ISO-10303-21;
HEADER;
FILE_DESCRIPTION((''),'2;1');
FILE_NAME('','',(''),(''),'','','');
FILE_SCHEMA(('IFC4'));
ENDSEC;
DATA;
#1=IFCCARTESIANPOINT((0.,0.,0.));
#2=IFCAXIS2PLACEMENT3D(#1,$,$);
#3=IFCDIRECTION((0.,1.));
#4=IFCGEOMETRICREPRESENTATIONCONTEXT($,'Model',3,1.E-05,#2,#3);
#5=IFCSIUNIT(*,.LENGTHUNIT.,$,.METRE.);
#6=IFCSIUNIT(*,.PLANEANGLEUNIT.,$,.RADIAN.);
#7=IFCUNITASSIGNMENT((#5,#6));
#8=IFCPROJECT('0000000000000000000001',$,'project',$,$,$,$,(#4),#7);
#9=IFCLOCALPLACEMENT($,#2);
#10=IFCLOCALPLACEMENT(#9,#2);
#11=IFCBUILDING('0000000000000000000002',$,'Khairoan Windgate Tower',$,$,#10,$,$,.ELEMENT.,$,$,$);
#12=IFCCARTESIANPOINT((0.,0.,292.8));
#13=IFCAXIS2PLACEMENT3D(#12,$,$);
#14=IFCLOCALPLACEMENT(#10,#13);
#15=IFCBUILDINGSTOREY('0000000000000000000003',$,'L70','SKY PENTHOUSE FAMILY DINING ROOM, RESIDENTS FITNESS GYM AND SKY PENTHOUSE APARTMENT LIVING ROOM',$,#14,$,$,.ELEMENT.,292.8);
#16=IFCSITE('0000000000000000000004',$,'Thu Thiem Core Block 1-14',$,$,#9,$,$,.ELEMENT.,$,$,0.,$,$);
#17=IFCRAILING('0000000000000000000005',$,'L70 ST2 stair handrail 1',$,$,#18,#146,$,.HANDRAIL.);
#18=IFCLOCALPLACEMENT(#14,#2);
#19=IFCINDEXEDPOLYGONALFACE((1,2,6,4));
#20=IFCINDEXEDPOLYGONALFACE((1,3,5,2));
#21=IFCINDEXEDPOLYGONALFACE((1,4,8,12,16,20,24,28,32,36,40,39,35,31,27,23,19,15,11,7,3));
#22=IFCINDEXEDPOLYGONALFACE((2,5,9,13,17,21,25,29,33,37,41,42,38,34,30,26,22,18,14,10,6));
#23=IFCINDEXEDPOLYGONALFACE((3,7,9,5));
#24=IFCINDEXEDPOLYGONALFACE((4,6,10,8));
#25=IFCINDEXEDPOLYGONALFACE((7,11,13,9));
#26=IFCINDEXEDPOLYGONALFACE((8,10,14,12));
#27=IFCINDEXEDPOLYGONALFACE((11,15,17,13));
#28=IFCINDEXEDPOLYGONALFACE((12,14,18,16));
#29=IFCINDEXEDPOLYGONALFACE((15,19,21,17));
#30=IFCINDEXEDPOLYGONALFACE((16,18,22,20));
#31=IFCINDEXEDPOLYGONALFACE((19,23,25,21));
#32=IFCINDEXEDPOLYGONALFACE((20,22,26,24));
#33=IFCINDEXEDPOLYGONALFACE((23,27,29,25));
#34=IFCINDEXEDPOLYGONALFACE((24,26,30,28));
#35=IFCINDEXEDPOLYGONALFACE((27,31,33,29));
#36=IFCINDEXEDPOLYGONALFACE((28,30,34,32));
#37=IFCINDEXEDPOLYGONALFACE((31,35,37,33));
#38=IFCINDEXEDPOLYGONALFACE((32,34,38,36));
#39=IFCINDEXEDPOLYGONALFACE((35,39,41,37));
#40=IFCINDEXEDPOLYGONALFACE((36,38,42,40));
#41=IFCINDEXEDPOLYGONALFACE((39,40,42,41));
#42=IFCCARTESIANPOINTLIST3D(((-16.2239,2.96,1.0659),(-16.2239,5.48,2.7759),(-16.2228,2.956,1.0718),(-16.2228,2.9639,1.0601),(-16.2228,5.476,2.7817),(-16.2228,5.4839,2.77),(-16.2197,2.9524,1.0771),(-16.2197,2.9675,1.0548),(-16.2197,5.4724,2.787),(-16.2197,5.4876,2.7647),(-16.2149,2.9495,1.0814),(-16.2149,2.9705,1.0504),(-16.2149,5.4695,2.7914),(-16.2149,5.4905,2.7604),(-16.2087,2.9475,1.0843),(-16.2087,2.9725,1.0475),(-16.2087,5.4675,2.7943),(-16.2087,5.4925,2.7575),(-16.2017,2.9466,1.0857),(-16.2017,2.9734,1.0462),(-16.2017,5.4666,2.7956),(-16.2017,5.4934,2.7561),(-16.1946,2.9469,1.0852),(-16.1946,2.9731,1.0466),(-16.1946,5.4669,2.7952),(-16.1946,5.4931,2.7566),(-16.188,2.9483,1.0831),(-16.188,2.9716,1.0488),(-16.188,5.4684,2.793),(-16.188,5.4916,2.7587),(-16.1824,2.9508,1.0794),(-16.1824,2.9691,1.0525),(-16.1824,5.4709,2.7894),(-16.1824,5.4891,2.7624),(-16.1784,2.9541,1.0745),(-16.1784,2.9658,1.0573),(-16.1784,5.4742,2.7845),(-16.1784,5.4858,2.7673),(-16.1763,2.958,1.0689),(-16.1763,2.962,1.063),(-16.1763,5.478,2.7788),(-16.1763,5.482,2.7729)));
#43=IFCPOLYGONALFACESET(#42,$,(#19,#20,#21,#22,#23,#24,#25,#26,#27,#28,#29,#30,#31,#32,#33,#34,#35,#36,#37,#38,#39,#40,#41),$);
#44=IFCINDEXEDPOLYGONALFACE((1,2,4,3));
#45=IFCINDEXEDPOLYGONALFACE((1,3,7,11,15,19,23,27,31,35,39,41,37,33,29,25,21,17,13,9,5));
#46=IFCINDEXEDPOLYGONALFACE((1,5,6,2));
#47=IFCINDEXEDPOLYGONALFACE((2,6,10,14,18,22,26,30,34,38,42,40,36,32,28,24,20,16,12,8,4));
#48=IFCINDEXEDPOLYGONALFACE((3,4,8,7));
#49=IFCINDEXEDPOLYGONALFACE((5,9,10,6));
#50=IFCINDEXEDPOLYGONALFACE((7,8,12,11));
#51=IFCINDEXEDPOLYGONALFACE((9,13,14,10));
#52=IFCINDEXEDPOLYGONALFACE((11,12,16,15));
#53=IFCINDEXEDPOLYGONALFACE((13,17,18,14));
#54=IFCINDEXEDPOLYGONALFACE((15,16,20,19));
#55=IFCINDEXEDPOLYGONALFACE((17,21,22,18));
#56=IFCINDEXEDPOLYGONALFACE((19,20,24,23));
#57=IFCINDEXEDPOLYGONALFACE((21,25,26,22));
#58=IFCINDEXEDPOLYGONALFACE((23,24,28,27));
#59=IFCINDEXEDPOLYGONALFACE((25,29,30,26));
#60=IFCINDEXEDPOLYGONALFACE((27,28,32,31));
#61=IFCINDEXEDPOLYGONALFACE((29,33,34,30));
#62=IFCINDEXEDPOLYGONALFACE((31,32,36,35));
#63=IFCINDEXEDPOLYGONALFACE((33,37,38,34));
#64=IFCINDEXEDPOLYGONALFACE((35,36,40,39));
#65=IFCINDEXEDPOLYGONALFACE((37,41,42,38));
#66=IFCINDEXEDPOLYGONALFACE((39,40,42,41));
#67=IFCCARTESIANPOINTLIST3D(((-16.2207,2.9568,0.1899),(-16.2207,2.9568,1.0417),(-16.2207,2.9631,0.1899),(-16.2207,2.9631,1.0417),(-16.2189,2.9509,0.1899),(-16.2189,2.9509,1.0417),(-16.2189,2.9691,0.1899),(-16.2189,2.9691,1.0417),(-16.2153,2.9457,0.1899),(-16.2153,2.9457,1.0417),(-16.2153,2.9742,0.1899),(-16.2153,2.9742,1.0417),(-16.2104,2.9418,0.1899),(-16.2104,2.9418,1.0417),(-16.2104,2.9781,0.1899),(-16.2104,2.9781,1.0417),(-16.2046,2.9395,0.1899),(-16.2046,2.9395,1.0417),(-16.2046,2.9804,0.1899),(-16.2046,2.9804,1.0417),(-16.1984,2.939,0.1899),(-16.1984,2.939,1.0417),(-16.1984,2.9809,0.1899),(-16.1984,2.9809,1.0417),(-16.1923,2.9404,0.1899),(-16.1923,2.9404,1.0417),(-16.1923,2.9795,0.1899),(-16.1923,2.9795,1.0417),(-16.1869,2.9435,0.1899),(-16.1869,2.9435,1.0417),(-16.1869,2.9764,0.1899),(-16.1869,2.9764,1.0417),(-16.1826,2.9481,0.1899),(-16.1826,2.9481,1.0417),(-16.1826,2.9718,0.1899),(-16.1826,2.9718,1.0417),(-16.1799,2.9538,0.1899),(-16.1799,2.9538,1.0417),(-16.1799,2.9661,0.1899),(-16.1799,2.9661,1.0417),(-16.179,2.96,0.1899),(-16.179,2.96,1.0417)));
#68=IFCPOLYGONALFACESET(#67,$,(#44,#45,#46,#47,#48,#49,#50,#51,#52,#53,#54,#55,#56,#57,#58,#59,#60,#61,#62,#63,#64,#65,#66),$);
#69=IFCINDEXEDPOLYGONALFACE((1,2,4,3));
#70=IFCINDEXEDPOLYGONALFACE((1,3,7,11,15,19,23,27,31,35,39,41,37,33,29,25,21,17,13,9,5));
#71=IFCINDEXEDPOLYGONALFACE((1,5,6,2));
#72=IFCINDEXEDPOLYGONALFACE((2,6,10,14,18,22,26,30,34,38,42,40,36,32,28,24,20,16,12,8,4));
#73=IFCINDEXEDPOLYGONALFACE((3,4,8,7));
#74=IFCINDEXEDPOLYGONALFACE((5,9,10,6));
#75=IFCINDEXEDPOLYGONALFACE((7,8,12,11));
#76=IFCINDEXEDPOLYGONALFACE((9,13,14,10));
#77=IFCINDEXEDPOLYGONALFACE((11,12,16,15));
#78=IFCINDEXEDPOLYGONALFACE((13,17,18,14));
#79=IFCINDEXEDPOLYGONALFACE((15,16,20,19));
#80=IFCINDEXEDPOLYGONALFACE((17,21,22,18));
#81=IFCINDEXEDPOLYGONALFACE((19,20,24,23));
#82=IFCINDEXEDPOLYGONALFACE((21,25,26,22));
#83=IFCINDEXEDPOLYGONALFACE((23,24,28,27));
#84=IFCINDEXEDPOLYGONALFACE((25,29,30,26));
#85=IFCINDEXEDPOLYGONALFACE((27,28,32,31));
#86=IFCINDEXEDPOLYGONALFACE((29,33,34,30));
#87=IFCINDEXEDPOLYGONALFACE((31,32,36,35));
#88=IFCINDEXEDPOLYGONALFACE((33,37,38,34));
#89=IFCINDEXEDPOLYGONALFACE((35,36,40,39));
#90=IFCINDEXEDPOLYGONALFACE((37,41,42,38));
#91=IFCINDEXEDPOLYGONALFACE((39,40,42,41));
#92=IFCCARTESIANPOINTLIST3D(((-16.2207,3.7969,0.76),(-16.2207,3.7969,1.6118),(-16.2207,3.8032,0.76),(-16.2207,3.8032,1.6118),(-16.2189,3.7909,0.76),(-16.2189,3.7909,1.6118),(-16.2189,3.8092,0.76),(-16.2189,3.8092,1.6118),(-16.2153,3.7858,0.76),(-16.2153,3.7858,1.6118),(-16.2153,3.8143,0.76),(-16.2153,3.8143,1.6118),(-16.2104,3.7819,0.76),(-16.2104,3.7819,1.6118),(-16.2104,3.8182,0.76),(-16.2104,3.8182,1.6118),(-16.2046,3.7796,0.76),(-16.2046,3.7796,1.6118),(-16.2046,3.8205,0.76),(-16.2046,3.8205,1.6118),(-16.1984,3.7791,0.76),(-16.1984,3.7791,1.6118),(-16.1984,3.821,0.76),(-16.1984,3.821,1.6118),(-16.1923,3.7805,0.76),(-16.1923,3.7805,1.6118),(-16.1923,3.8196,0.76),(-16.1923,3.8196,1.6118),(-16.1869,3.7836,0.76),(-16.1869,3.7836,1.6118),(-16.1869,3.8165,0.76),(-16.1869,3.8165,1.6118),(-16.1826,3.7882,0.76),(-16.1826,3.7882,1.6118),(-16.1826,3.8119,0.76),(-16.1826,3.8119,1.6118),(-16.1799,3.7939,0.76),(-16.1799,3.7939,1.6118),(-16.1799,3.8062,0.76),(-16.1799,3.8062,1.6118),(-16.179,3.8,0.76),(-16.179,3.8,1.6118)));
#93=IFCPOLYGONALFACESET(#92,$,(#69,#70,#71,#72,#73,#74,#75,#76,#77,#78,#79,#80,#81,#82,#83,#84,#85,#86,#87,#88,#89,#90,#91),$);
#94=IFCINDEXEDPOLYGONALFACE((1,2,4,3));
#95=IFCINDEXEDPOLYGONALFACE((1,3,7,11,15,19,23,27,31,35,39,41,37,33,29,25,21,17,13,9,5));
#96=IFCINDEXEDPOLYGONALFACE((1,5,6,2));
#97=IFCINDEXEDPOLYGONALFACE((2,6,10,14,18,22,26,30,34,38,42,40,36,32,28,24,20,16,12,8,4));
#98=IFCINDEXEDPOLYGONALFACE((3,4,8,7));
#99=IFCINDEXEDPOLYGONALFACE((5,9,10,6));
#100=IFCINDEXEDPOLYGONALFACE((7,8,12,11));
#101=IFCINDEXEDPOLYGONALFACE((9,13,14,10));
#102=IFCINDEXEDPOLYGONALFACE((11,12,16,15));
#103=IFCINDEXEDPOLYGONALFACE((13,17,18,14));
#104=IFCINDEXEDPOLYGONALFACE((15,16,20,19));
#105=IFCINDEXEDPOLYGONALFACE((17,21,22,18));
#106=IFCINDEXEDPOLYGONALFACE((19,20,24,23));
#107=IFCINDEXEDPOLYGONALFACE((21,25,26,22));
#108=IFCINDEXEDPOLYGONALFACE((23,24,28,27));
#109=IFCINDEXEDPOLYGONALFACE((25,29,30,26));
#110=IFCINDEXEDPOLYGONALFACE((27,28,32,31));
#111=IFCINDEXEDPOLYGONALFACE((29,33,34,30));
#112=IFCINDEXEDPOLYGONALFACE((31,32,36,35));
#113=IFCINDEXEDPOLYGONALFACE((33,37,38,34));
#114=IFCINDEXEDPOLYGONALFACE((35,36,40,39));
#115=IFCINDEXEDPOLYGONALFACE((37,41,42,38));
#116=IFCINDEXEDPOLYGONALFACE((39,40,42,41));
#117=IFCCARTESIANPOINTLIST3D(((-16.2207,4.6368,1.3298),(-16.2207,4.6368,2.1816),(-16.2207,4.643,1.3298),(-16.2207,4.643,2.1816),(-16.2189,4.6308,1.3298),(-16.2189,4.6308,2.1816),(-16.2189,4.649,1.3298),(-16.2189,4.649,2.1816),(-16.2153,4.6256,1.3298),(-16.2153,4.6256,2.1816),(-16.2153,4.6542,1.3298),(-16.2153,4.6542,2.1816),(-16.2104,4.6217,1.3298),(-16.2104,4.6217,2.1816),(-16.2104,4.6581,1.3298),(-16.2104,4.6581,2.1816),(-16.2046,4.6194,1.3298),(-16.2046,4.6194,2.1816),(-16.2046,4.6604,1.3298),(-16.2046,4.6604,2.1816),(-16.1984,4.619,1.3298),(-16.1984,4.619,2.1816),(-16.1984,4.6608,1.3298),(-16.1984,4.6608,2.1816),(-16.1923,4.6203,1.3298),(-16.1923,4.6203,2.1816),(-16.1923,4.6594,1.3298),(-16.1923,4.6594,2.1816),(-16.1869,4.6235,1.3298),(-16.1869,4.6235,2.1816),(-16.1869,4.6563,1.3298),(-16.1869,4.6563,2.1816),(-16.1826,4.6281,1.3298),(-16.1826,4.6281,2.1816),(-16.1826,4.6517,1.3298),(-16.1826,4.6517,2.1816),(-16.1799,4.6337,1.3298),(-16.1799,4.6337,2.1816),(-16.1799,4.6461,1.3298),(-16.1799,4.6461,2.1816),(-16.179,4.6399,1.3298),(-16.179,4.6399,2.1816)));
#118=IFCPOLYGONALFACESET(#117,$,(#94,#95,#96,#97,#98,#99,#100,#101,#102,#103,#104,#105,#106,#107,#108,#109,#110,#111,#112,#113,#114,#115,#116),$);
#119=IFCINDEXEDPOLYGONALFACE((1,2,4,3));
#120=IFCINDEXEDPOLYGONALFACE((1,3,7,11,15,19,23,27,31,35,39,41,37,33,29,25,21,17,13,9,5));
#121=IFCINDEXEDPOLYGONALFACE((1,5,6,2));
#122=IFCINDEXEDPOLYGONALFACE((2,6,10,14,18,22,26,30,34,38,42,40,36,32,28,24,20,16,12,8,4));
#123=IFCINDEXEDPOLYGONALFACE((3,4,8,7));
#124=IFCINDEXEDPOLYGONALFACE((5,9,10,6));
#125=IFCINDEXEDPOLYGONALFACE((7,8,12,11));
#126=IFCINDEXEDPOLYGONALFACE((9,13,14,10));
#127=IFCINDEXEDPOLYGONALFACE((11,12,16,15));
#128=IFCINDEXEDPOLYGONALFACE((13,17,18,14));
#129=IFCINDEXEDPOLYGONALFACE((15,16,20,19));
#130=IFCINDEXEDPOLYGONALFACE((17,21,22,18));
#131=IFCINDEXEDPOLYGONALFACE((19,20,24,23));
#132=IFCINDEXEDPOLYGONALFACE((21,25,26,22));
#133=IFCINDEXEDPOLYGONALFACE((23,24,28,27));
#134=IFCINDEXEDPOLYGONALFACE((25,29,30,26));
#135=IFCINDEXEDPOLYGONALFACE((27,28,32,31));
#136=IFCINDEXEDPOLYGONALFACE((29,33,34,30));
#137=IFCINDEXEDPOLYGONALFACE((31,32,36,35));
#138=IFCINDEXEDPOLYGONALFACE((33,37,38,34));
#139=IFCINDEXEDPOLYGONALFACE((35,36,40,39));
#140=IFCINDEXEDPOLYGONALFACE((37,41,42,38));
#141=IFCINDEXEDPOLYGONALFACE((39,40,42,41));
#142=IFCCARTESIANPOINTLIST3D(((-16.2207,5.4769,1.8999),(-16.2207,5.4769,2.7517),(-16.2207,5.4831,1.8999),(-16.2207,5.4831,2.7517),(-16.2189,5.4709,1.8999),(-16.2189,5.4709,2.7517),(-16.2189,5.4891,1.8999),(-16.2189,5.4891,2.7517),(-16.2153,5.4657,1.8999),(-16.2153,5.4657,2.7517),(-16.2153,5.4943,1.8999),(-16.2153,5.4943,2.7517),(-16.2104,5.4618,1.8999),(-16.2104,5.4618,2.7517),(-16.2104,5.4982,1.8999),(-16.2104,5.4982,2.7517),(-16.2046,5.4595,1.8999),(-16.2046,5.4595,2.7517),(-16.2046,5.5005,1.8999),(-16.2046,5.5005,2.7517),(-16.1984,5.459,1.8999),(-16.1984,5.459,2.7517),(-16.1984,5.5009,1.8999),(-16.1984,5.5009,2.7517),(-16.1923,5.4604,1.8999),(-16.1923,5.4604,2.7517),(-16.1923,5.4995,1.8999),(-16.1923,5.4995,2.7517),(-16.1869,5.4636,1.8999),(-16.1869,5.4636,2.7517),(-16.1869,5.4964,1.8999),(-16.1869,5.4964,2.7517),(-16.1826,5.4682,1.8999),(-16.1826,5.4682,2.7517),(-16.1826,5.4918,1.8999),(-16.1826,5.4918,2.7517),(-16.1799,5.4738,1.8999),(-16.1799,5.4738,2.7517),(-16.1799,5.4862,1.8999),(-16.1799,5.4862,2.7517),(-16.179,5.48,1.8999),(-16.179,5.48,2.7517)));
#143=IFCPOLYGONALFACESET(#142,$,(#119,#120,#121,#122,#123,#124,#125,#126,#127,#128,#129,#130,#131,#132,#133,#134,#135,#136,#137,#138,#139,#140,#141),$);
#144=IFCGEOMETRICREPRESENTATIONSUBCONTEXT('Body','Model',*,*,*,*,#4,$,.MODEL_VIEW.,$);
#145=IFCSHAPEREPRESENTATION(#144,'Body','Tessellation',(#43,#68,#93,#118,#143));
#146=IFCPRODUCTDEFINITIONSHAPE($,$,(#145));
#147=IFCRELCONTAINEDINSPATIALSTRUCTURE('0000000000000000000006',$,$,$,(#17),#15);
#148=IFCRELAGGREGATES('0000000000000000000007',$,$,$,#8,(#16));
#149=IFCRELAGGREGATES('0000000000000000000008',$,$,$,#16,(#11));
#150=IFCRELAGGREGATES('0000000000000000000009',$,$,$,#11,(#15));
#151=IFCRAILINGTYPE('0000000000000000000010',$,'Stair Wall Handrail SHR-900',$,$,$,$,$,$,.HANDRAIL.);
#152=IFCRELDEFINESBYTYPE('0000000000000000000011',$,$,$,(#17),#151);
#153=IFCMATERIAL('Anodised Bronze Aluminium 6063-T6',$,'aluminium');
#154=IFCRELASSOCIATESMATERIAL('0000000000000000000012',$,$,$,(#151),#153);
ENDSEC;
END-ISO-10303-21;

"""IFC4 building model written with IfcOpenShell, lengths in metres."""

from ifc_helpers import new_model, si_unit, direction, frame, origin, origin_2d, place, context, subcontext, project, spatial, circle, extrude, material, type_object, element, save


model = new_model("IFC4")

# Units and contexts
model_context = context("Model", 3, precision=1e-05, world=origin(), true_north=direction((0.0, 1.0)))
body_context = subcontext(model_context, "Body", "Model", "MODEL_VIEW")
ifc_project = project(units=[si_unit("LENGTHUNIT", "METRE"), si_unit("PLANEANGLEUNIT", "RADIAN")], contexts=[model_context])

# Site, building, storey
site_placement = place(None, origin())
site = spatial("IfcSite", under=ifc_project, at=site_placement, Name="Thu Thiem Core Block 1-14", CompositionType="ELEMENT", RefElevation=0.0)
building_placement = place(site_placement, origin())
building = spatial("IfcBuilding", under=site, at=building_placement, Name="Khairoan Windgate Tower", CompositionType="ELEMENT")
storey_placement = place(building_placement, frame((0.0, 0.0, 292.8)))
storey = spatial("IfcBuildingStorey", under=building, at=storey_placement, Name="L70", Description="SKY PENTHOUSE FAMILY DINING ROOM, RESIDENTS FITNESS GYM AND SKY PENTHOUSE APARTMENT LIVING ROOM", CompositionType="ELEMENT", Elevation=292.8)

# Railing
ifc_material_1 = material(Name="Anodised Bronze Aluminium 6063-T6", Category="aluminium")
railing_type_1 = type_object("IfcRailingType", Name="Stair Wall Handrail SHR-900", PredefinedType="HANDRAIL", material=ifc_material_1)
railing_1_placement = place(storey_placement, frame((-16.2, 2.96, 0.1899)))
element("IfcRailing", 1, at=railing_1_placement, inside=storey, type_object=railing_type_1, Name="L70 ST2 stair handrail 1", PredefinedType="HANDRAIL", context=body_context, shape_type="SweptSolid", body=[
    extrude(circle(Radius=0.0239, at=origin_2d()), frame((0.0, 0.0, 0.876), z_axis=(0.0, 0.827484, 0.56149), x_axis=(-1.0, 0.0, 0.0)), (0.0, 0.0, 1.0), 3.0454),
    extrude(circle(Radius=0.021, at=origin_2d()), origin(), (0.0, 0.0, 1.0), 0.8518),
    extrude(circle(Radius=0.021, at=origin_2d()), frame((0.0, 0.8401, 0.5701)), (0.0, 0.0, 1.0), 0.8518),
    extrude(circle(Radius=0.021, at=origin_2d()), frame((0.0, 1.6799, 1.1399)), (0.0, 0.0, 1.0), 0.8518),
    extrude(circle(Radius=0.021, at=origin_2d()), frame((0.0, 2.52, 1.71)), (0.0, 0.0, 1.0), 0.8518),
])

save(model, "model.ifc")
